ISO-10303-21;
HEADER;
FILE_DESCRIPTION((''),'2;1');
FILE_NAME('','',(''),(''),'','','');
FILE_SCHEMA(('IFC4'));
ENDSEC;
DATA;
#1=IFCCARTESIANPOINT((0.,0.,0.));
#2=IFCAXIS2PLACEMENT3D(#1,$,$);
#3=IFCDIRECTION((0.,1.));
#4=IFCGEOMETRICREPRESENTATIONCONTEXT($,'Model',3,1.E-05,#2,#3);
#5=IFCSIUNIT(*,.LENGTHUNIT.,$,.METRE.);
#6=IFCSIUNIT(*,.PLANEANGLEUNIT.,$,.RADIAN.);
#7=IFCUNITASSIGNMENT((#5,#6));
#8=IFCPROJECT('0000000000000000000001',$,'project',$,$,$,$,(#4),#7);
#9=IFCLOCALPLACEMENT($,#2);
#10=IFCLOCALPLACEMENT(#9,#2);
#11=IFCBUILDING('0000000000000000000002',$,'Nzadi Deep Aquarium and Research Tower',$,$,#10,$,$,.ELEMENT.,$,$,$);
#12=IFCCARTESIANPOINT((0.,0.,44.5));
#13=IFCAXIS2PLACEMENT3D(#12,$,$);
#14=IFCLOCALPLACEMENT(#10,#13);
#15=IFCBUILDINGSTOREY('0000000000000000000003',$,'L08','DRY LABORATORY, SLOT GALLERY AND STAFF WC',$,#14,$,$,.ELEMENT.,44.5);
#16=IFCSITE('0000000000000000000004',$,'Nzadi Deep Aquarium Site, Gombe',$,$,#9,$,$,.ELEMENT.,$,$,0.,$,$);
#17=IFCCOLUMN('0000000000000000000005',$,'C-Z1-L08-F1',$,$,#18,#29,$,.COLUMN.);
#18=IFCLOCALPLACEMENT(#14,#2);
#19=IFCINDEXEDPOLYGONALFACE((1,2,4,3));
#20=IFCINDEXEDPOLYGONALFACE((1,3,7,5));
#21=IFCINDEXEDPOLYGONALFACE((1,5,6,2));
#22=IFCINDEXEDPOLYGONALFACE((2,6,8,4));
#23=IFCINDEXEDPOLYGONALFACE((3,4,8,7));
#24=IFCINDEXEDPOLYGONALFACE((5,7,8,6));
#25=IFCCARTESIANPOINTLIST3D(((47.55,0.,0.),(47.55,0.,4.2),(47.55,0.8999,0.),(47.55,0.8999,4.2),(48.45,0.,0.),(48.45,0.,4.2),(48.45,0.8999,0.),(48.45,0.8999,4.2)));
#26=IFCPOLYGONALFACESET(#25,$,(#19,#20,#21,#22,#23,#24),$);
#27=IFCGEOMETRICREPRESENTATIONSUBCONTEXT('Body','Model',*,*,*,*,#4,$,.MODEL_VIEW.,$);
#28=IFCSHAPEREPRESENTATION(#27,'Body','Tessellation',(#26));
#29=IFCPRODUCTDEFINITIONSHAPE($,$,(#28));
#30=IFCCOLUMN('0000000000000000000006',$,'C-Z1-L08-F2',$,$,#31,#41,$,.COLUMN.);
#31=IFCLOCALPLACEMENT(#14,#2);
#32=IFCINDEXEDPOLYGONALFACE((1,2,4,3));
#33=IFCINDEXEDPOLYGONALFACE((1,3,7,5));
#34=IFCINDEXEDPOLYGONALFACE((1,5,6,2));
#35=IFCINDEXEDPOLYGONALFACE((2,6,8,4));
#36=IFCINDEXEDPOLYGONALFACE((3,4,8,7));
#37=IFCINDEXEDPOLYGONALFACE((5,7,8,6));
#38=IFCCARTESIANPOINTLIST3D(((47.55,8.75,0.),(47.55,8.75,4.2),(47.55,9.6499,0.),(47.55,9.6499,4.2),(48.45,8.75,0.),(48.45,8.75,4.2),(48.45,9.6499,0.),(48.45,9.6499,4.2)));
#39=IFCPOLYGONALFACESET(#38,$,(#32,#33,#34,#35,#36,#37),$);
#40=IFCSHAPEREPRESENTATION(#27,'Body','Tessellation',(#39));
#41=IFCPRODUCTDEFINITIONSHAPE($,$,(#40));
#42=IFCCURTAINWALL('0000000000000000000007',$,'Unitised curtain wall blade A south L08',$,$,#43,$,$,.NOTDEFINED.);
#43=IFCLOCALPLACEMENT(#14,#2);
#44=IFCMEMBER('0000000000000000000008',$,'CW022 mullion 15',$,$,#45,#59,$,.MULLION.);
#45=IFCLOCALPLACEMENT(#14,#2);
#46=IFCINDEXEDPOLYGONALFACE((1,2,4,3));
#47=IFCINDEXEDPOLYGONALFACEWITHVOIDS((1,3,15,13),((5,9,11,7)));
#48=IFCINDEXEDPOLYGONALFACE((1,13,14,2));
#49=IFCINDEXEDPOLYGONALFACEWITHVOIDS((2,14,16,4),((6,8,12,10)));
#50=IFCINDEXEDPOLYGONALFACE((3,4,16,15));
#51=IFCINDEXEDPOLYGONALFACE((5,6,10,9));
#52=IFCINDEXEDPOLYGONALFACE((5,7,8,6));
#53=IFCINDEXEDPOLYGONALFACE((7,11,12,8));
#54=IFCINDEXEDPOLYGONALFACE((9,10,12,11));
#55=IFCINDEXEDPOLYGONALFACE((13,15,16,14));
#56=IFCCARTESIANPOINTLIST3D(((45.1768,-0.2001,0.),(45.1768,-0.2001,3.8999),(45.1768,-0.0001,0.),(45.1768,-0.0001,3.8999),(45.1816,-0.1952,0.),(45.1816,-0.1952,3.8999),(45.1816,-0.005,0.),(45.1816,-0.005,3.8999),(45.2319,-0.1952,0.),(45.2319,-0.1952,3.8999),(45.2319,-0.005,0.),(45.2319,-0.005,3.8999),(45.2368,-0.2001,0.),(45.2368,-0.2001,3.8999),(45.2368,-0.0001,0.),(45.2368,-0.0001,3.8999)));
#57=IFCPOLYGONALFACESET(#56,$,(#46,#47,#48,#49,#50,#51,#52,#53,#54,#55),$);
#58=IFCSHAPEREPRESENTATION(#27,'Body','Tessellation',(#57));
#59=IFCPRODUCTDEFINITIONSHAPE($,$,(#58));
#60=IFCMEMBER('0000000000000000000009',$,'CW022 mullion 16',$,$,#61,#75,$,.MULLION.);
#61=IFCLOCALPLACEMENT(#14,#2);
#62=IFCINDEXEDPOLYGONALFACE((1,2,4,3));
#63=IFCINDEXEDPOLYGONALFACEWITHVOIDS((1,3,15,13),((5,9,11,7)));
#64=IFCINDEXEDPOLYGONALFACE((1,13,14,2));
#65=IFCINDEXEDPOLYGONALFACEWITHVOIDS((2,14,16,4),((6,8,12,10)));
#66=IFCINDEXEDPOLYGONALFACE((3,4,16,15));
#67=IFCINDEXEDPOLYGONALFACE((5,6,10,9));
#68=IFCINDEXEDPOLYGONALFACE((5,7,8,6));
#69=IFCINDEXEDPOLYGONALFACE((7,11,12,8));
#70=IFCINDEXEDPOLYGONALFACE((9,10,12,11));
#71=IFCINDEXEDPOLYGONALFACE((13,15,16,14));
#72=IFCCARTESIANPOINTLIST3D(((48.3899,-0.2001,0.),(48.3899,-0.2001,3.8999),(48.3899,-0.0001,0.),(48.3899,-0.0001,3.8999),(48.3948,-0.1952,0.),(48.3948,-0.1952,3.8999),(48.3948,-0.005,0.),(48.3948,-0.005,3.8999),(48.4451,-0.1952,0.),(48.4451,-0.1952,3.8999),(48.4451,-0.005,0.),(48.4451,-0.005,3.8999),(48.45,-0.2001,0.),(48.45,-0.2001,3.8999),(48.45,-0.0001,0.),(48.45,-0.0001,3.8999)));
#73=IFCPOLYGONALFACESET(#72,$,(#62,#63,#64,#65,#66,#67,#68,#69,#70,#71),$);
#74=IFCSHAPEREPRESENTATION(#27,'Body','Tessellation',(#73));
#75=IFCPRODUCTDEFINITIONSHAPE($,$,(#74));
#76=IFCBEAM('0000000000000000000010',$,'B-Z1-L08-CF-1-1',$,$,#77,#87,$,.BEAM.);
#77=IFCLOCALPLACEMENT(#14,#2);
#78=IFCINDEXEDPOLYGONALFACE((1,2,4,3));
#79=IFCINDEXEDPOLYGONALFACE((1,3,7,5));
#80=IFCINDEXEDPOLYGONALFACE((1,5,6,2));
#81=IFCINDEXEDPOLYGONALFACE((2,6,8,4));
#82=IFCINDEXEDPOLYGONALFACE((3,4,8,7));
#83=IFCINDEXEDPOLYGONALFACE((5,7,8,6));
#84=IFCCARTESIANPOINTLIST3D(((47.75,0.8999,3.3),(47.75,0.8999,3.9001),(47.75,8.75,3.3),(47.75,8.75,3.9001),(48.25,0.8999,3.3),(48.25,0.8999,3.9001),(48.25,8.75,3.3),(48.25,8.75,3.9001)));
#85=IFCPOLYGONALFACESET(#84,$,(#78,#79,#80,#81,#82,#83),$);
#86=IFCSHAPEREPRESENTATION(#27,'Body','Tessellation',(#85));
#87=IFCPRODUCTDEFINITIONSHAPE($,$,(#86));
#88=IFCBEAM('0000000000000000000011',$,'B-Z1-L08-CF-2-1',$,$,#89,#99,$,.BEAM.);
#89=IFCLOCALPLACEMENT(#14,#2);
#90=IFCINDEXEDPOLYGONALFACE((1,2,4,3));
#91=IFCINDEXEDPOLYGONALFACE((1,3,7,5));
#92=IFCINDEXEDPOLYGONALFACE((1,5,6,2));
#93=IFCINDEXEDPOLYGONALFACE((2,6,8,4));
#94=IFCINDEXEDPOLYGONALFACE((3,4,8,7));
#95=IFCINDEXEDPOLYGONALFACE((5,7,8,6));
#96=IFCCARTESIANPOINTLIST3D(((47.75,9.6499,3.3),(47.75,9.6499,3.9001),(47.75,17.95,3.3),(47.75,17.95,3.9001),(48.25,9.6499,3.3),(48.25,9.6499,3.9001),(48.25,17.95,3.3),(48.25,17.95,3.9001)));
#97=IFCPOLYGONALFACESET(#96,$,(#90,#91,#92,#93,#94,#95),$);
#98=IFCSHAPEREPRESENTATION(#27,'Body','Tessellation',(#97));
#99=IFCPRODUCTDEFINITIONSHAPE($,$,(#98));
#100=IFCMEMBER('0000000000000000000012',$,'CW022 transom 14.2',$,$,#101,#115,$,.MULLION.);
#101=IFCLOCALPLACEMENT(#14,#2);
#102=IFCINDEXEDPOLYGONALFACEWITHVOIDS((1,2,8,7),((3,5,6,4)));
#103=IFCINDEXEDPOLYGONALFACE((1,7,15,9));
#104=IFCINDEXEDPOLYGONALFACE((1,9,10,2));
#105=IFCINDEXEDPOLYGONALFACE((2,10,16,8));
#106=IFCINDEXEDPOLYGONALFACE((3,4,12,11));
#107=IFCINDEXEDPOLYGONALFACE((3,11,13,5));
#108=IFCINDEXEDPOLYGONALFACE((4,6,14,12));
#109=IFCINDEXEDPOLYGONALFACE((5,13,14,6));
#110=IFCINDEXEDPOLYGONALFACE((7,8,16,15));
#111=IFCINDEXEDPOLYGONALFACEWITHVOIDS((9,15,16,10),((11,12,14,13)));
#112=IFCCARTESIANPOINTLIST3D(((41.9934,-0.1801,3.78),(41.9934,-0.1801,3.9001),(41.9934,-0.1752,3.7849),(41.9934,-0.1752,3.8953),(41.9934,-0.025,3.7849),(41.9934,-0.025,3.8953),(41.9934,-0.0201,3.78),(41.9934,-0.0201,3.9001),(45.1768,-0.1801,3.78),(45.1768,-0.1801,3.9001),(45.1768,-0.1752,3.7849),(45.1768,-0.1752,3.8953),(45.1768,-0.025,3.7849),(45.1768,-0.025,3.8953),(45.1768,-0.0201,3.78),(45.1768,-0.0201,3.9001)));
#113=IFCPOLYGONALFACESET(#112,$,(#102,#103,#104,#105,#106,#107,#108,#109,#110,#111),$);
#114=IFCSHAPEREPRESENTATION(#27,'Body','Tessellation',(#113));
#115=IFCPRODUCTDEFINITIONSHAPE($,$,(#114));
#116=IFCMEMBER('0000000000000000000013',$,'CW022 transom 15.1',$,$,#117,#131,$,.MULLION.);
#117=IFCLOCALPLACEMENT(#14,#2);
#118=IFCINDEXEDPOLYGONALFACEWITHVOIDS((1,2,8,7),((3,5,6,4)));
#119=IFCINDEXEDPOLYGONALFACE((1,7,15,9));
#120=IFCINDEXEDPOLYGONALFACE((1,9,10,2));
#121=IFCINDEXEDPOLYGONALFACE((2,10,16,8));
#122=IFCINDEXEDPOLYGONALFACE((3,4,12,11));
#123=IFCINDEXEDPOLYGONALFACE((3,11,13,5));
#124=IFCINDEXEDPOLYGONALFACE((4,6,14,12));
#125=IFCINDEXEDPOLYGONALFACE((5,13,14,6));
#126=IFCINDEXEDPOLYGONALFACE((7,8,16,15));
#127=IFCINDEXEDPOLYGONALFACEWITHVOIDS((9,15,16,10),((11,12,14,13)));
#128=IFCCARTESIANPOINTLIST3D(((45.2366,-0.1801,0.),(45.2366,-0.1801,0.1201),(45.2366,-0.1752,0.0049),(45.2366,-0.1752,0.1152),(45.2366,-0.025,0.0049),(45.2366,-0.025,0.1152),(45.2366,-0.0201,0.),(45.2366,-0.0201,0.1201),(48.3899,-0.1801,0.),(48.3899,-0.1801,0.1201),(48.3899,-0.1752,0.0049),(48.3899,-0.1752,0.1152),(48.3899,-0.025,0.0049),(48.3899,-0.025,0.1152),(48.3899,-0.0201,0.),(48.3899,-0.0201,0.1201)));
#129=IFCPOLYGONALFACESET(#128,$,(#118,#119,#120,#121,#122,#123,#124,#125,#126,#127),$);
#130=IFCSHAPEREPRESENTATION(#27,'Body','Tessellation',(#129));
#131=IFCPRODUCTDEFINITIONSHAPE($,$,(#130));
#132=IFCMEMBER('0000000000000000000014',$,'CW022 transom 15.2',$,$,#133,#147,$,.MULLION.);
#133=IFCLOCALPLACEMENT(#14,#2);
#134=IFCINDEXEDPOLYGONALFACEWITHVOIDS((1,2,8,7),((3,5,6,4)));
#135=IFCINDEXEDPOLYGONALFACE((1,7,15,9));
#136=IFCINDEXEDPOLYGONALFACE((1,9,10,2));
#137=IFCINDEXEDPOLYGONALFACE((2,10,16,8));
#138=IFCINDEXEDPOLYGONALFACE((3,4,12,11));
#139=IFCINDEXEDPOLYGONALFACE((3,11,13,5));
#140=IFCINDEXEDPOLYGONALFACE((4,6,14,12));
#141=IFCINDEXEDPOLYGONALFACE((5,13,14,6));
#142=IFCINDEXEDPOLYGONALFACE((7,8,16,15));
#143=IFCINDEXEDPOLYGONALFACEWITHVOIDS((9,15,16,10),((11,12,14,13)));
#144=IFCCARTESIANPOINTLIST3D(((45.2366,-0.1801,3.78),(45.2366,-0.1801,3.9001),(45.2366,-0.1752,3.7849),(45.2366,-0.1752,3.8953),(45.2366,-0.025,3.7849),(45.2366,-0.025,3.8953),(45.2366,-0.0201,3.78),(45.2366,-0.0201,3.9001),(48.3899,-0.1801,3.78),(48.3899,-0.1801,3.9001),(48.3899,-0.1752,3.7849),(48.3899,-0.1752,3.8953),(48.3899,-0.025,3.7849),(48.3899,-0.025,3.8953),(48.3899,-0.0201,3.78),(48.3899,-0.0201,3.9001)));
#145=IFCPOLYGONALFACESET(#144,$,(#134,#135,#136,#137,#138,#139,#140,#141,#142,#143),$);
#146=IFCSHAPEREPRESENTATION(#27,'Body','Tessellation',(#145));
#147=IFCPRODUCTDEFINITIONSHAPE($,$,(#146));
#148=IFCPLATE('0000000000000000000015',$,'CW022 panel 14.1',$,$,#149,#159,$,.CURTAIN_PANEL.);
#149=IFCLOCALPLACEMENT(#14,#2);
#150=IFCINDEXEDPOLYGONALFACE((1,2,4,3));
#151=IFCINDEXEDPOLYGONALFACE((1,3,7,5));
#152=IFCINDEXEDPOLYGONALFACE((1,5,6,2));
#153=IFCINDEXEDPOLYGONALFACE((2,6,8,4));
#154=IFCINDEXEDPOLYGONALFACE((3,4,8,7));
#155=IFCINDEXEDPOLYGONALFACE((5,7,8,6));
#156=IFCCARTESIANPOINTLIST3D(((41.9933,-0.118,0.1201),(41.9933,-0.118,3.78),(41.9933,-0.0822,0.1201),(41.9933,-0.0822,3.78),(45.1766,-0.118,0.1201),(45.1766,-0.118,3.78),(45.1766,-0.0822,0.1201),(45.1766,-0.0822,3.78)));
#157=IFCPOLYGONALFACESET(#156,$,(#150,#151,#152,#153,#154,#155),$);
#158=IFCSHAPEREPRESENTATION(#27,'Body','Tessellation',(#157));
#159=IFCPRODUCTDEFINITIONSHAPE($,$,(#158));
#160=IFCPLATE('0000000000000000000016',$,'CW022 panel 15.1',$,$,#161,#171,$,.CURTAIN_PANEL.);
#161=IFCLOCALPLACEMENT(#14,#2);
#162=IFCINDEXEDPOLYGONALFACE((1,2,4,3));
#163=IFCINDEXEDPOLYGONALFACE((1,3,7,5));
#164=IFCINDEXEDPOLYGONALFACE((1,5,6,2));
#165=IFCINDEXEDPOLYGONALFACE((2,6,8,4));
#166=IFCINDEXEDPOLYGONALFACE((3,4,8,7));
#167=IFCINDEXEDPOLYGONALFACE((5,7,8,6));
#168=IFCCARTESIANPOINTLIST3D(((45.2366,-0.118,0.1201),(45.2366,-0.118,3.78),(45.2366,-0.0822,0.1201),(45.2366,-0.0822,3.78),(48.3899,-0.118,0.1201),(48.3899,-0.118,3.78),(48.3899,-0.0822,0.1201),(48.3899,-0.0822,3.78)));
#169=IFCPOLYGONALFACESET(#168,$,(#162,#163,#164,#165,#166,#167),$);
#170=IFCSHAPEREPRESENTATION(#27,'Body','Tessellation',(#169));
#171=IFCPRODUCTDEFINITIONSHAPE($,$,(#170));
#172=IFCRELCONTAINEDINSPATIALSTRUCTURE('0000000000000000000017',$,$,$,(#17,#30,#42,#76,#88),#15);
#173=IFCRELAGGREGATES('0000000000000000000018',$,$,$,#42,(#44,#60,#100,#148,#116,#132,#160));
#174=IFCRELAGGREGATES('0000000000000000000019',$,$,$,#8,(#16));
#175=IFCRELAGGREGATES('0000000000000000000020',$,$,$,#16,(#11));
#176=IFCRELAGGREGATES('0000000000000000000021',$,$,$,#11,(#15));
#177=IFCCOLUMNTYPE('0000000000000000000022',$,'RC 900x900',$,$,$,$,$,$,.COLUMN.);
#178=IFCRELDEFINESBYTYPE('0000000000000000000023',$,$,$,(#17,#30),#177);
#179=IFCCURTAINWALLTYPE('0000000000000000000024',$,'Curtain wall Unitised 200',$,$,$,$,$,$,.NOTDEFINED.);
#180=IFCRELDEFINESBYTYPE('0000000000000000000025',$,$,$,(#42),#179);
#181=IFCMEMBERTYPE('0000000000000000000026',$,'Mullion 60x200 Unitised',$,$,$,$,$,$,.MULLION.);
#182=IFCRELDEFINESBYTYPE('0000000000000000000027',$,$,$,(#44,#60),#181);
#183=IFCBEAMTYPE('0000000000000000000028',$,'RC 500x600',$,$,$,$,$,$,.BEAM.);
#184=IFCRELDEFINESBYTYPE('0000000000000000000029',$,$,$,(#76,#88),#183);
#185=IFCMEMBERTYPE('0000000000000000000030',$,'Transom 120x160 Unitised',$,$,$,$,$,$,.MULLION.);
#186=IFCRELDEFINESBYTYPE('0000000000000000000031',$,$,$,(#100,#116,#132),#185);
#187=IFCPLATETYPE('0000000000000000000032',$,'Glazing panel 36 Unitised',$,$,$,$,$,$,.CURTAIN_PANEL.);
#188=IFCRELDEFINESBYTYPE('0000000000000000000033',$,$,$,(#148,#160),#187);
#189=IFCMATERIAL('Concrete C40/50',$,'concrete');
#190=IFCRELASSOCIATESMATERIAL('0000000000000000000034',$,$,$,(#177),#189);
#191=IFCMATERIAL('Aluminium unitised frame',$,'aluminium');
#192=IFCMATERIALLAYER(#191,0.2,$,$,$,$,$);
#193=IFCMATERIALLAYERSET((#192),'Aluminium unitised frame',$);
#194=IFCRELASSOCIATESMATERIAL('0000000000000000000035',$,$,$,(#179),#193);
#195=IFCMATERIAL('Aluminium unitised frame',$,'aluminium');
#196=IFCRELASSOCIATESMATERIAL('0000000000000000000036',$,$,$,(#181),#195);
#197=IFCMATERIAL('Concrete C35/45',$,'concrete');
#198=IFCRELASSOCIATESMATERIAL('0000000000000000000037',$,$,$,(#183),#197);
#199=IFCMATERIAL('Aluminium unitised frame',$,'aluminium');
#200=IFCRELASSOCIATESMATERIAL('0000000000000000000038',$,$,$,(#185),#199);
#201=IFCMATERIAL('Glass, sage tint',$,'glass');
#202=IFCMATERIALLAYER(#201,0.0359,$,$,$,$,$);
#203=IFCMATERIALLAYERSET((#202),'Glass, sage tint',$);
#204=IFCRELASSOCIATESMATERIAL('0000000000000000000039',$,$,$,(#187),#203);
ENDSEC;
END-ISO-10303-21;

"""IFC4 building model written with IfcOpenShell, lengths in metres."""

from ifc_helpers import new_model, si_unit, direction, frame, origin, origin_2d, place, context, subcontext, project, spatial, rectangle, hollow_rectangle, extrude, material, layer, layer_set, material_profile, profile_set, type_object, element, aggregate, save


model = new_model("IFC4")

# Units and contexts
model_context = context("Model", 3, precision=1e-05, world=origin(), true_north=direction((0.0, 1.0)))
body_context = subcontext(model_context, "Body", "Model", "MODEL_VIEW")
ifc_project = project(units=[si_unit("LENGTHUNIT", "METRE"), si_unit("PLANEANGLEUNIT", "RADIAN")], contexts=[model_context])

# Site, building, storey
site_placement = place(None, origin())
site = spatial("IfcSite", under=ifc_project, at=site_placement, Name="Nzadi Deep Aquarium Site, Gombe", CompositionType="ELEMENT", RefElevation=0.0)
building_placement = place(site_placement, origin())
building = spatial("IfcBuilding", under=site, at=building_placement, Name="Nzadi Deep Aquarium and Research Tower", CompositionType="ELEMENT")
storey_placement = place(building_placement, frame((0.0, 0.0, 44.5)))
storey = spatial("IfcBuildingStorey", under=building, at=storey_placement, Name="L08", Description="DRY LABORATORY, SLOT GALLERY AND STAFF WC", CompositionType="ELEMENT", Elevation=44.5)

# Columns
ifc_material_1 = material(Name="Concrete C40/50", Category="concrete")
ifc_material_profile_1 = material_profile(ifc_material_1, rectangle(XDim=0.8999, YDim=0.8999, at=origin_2d()))
ifc_profile_set_1 = profile_set([ifc_material_profile_1], Name="Concrete C40/50")
column_type = type_object("IfcColumnType", Name="RC 900x900", PredefinedType="COLUMN", material=ifc_profile_set_1)
for number, where, z_axis, x_axis, name in (
    (1, (48.0, 0.45, 0.0), (0.0, 0.0, 1.0), (1.0, 0.0, 0.0), "C-Z1-L08-F1"),
    (2, (48.0, 9.2, 0.0), (0.0, 0.0, 1.0), (1.0, 0.0, 0.0), "C-Z1-L08-F2"),
):
    element("IfcColumn", number, at=place(storey_placement, frame(where, z_axis=z_axis, x_axis=x_axis)), inside=storey, type_object=column_type, Name=name, PredefinedType="COLUMN", context=body_context, shape_type="SweptSolid", body=[
        extrude(rectangle(XDim=0.8999, YDim=0.8999, at=origin_2d()), origin(), (0.0, 0.0, 1.0), 4.2),
    ])

# Curtain wall, members
ifc_material_2 = material(Name="Aluminium unitised frame", Category="aluminium")
ifc_layer_1 = layer(ifc_material_2, 0.2)
ifc_layer_set_1 = layer_set([ifc_layer_1], Name="Aluminium unitised frame")
curtain_wall_type = type_object("IfcCurtainWallType", Name="Curtain wall Unitised 200", PredefinedType="NOTDEFINED", material=ifc_layer_set_1)
curtain_wall_placement = place(storey_placement, origin())
curtain_wall = element("IfcCurtainWall", 3, at=curtain_wall_placement, inside=storey, type_object=curtain_wall_type, Name="Unitised curtain wall blade A south L08", PredefinedType="NOTDEFINED")
ifc_material_3 = material(Name="Aluminium unitised frame", Category="aluminium")
ifc_material_profile_2 = material_profile(ifc_material_3, hollow_rectangle(XDim=0.2, YDim=0.0601, WallThickness=0.0049, at=origin_2d()))
ifc_profile_set_2 = profile_set([ifc_material_profile_2], Name="Aluminium unitised frame")
member_type_1 = type_object("IfcMemberType", Name="Mullion 60x200 Unitised", PredefinedType="MULLION", material=ifc_profile_set_2)
member_1_placement = place(storey_placement, frame((45.2068, -0.1001, 0.0), z_axis=(0.0, 0.0, 1.0), x_axis=(0.0, 1.0, 0.0)))
member_1 = element("IfcMember", 4, at=member_1_placement, type_object=member_type_1, Name="CW022 mullion 15", PredefinedType="MULLION", context=body_context, shape_type="SweptSolid", body=[
    extrude(hollow_rectangle(XDim=0.2, YDim=0.0601, WallThickness=0.0049, at=origin_2d()), origin(), (0.0, 0.0, 1.0), 3.8999),
])
member_2_placement = place(storey_placement, frame((48.4199, -0.1001, 0.0), z_axis=(0.0, 0.0, 1.0), x_axis=(0.0, 1.0, 0.0)))
member_2 = element("IfcMember", 5, at=member_2_placement, type_object=member_type_1, Name="CW022 mullion 16", PredefinedType="MULLION", context=body_context, shape_type="SweptSolid", body=[
    extrude(hollow_rectangle(XDim=0.2, YDim=0.0601, WallThickness=0.0049, at=origin_2d()), origin(), (0.0, 0.0, 1.0), 3.8999),
])

# Beams
ifc_material_4 = material(Name="Concrete C35/45", Category="concrete")
ifc_material_profile_3 = material_profile(ifc_material_4, rectangle(XDim=0.5, YDim=0.6001, at=origin_2d()))
ifc_profile_set_3 = profile_set([ifc_material_profile_3], Name="Concrete C35/45")
beam_type = type_object("IfcBeamType", Name="RC 500x600", PredefinedType="BEAM", material=ifc_profile_set_3)
beam_1_placement = place(storey_placement, frame((48.0, 0.8999, 3.6001), z_axis=(0.0, 1.0, 0.0), x_axis=(-1.0, 0.0, 0.0)))
element("IfcBeam", 6, at=beam_1_placement, inside=storey, type_object=beam_type, Name="B-Z1-L08-CF-1-1", PredefinedType="BEAM", context=body_context, shape_type="SweptSolid", body=[
    extrude(rectangle(XDim=0.5, YDim=0.6001, at=origin_2d()), origin(), (0.0, 0.0, 1.0), 7.8501),
])
beam_2_placement = place(storey_placement, frame((48.0, 9.6499, 3.6001), z_axis=(0.0, 1.0, 0.0), x_axis=(-1.0, 0.0, 0.0)))
element("IfcBeam", 7, at=beam_2_placement, inside=storey, type_object=beam_type, Name="B-Z1-L08-CF-2-1", PredefinedType="BEAM", context=body_context, shape_type="SweptSolid", body=[
    extrude(rectangle(XDim=0.5, YDim=0.6001, at=origin_2d()), origin(), (0.0, 0.0, 1.0), 8.3),
])

# Members
ifc_material_5 = material(Name="Aluminium unitised frame", Category="aluminium")
ifc_material_profile_4 = material_profile(ifc_material_5, hollow_rectangle(XDim=0.1599, YDim=0.1201, WallThickness=0.0049, at=origin_2d()))
ifc_profile_set_4 = profile_set([ifc_material_profile_4], Name="Aluminium unitised frame")
member_type_2 = type_object("IfcMemberType", Name="Transom 120x160 Unitised", PredefinedType="MULLION", material=ifc_profile_set_4)
member_3_placement = place(storey_placement, frame((41.9934, -0.1001, 3.8401), z_axis=(1.0, 0.0, 0.0), x_axis=(0.0, 1.0, 0.0)))
member_3 = element("IfcMember", 8, at=member_3_placement, type_object=member_type_2, Name="CW022 transom 14.2", PredefinedType="MULLION", context=body_context, shape_type="SweptSolid", body=[
    extrude(hollow_rectangle(XDim=0.1599, YDim=0.1201, WallThickness=0.0049, at=origin_2d()), origin(), (0.0, 0.0, 1.0), 3.1833),
])
member_4_placement = place(storey_placement, frame((45.2366, -0.1001, 0.0601), z_axis=(1.0, 0.0, 0.0), x_axis=(0.0, 1.0, 0.0)))
member_4 = element("IfcMember", 9, at=member_4_placement, type_object=member_type_2, Name="CW022 transom 15.1", PredefinedType="MULLION", context=body_context, shape_type="SweptSolid", body=[
    extrude(hollow_rectangle(XDim=0.1599, YDim=0.1201, WallThickness=0.0049, at=origin_2d()), origin(), (0.0, 0.0, 1.0), 3.1533),
])
member_5_placement = place(storey_placement, frame((45.2366, -0.1001, 3.8401), z_axis=(1.0, 0.0, 0.0), x_axis=(0.0, 1.0, 0.0)))
member_5 = element("IfcMember", 10, at=member_5_placement, type_object=member_type_2, Name="CW022 transom 15.2", PredefinedType="MULLION", context=body_context, shape_type="SweptSolid", body=[
    extrude(hollow_rectangle(XDim=0.1599, YDim=0.1201, WallThickness=0.0049, at=origin_2d()), origin(), (0.0, 0.0, 1.0), 3.1533),
])

# Plates
ifc_material_6 = material(Name="Glass, sage tint", Category="glass")
ifc_layer_2 = layer(ifc_material_6, 0.0359)
ifc_layer_set_2 = layer_set([ifc_layer_2], Name="Glass, sage tint")
plate_type = type_object("IfcPlateType", Name="Glazing panel 36 Unitised", PredefinedType="CURTAIN_PANEL", material=ifc_layer_set_2)
plate_1_placement = place(storey_placement, frame((43.585, -0.1001, 0.1201), z_axis=(0.0, 0.0, 1.0), x_axis=(1.0, 0.0, 0.0)))
plate_1 = element("IfcPlate", 11, at=plate_1_placement, type_object=plate_type, Name="CW022 panel 14.1", PredefinedType="CURTAIN_PANEL", context=body_context, shape_type="SweptSolid", body=[
    extrude(rectangle(XDim=3.1833, YDim=0.0359, at=origin_2d()), origin(), (0.0, 0.0, 1.0), 3.6599),
])
plate_2_placement = place(storey_placement, frame((46.8132, -0.1001, 0.1201), z_axis=(0.0, 0.0, 1.0), x_axis=(1.0, 0.0, 0.0)))
plate_2 = element("IfcPlate", 12, at=plate_2_placement, type_object=plate_type, Name="CW022 panel 15.1", PredefinedType="CURTAIN_PANEL", context=body_context, shape_type="SweptSolid", body=[
    extrude(rectangle(XDim=3.1533, YDim=0.0359, at=origin_2d()), origin(), (0.0, 0.0, 1.0), 3.6599),
])
aggregate(curtain_wall, [member_1, member_2, member_3, plate_1, member_4, member_5, plate_2])

save(model, "model.ifc")
